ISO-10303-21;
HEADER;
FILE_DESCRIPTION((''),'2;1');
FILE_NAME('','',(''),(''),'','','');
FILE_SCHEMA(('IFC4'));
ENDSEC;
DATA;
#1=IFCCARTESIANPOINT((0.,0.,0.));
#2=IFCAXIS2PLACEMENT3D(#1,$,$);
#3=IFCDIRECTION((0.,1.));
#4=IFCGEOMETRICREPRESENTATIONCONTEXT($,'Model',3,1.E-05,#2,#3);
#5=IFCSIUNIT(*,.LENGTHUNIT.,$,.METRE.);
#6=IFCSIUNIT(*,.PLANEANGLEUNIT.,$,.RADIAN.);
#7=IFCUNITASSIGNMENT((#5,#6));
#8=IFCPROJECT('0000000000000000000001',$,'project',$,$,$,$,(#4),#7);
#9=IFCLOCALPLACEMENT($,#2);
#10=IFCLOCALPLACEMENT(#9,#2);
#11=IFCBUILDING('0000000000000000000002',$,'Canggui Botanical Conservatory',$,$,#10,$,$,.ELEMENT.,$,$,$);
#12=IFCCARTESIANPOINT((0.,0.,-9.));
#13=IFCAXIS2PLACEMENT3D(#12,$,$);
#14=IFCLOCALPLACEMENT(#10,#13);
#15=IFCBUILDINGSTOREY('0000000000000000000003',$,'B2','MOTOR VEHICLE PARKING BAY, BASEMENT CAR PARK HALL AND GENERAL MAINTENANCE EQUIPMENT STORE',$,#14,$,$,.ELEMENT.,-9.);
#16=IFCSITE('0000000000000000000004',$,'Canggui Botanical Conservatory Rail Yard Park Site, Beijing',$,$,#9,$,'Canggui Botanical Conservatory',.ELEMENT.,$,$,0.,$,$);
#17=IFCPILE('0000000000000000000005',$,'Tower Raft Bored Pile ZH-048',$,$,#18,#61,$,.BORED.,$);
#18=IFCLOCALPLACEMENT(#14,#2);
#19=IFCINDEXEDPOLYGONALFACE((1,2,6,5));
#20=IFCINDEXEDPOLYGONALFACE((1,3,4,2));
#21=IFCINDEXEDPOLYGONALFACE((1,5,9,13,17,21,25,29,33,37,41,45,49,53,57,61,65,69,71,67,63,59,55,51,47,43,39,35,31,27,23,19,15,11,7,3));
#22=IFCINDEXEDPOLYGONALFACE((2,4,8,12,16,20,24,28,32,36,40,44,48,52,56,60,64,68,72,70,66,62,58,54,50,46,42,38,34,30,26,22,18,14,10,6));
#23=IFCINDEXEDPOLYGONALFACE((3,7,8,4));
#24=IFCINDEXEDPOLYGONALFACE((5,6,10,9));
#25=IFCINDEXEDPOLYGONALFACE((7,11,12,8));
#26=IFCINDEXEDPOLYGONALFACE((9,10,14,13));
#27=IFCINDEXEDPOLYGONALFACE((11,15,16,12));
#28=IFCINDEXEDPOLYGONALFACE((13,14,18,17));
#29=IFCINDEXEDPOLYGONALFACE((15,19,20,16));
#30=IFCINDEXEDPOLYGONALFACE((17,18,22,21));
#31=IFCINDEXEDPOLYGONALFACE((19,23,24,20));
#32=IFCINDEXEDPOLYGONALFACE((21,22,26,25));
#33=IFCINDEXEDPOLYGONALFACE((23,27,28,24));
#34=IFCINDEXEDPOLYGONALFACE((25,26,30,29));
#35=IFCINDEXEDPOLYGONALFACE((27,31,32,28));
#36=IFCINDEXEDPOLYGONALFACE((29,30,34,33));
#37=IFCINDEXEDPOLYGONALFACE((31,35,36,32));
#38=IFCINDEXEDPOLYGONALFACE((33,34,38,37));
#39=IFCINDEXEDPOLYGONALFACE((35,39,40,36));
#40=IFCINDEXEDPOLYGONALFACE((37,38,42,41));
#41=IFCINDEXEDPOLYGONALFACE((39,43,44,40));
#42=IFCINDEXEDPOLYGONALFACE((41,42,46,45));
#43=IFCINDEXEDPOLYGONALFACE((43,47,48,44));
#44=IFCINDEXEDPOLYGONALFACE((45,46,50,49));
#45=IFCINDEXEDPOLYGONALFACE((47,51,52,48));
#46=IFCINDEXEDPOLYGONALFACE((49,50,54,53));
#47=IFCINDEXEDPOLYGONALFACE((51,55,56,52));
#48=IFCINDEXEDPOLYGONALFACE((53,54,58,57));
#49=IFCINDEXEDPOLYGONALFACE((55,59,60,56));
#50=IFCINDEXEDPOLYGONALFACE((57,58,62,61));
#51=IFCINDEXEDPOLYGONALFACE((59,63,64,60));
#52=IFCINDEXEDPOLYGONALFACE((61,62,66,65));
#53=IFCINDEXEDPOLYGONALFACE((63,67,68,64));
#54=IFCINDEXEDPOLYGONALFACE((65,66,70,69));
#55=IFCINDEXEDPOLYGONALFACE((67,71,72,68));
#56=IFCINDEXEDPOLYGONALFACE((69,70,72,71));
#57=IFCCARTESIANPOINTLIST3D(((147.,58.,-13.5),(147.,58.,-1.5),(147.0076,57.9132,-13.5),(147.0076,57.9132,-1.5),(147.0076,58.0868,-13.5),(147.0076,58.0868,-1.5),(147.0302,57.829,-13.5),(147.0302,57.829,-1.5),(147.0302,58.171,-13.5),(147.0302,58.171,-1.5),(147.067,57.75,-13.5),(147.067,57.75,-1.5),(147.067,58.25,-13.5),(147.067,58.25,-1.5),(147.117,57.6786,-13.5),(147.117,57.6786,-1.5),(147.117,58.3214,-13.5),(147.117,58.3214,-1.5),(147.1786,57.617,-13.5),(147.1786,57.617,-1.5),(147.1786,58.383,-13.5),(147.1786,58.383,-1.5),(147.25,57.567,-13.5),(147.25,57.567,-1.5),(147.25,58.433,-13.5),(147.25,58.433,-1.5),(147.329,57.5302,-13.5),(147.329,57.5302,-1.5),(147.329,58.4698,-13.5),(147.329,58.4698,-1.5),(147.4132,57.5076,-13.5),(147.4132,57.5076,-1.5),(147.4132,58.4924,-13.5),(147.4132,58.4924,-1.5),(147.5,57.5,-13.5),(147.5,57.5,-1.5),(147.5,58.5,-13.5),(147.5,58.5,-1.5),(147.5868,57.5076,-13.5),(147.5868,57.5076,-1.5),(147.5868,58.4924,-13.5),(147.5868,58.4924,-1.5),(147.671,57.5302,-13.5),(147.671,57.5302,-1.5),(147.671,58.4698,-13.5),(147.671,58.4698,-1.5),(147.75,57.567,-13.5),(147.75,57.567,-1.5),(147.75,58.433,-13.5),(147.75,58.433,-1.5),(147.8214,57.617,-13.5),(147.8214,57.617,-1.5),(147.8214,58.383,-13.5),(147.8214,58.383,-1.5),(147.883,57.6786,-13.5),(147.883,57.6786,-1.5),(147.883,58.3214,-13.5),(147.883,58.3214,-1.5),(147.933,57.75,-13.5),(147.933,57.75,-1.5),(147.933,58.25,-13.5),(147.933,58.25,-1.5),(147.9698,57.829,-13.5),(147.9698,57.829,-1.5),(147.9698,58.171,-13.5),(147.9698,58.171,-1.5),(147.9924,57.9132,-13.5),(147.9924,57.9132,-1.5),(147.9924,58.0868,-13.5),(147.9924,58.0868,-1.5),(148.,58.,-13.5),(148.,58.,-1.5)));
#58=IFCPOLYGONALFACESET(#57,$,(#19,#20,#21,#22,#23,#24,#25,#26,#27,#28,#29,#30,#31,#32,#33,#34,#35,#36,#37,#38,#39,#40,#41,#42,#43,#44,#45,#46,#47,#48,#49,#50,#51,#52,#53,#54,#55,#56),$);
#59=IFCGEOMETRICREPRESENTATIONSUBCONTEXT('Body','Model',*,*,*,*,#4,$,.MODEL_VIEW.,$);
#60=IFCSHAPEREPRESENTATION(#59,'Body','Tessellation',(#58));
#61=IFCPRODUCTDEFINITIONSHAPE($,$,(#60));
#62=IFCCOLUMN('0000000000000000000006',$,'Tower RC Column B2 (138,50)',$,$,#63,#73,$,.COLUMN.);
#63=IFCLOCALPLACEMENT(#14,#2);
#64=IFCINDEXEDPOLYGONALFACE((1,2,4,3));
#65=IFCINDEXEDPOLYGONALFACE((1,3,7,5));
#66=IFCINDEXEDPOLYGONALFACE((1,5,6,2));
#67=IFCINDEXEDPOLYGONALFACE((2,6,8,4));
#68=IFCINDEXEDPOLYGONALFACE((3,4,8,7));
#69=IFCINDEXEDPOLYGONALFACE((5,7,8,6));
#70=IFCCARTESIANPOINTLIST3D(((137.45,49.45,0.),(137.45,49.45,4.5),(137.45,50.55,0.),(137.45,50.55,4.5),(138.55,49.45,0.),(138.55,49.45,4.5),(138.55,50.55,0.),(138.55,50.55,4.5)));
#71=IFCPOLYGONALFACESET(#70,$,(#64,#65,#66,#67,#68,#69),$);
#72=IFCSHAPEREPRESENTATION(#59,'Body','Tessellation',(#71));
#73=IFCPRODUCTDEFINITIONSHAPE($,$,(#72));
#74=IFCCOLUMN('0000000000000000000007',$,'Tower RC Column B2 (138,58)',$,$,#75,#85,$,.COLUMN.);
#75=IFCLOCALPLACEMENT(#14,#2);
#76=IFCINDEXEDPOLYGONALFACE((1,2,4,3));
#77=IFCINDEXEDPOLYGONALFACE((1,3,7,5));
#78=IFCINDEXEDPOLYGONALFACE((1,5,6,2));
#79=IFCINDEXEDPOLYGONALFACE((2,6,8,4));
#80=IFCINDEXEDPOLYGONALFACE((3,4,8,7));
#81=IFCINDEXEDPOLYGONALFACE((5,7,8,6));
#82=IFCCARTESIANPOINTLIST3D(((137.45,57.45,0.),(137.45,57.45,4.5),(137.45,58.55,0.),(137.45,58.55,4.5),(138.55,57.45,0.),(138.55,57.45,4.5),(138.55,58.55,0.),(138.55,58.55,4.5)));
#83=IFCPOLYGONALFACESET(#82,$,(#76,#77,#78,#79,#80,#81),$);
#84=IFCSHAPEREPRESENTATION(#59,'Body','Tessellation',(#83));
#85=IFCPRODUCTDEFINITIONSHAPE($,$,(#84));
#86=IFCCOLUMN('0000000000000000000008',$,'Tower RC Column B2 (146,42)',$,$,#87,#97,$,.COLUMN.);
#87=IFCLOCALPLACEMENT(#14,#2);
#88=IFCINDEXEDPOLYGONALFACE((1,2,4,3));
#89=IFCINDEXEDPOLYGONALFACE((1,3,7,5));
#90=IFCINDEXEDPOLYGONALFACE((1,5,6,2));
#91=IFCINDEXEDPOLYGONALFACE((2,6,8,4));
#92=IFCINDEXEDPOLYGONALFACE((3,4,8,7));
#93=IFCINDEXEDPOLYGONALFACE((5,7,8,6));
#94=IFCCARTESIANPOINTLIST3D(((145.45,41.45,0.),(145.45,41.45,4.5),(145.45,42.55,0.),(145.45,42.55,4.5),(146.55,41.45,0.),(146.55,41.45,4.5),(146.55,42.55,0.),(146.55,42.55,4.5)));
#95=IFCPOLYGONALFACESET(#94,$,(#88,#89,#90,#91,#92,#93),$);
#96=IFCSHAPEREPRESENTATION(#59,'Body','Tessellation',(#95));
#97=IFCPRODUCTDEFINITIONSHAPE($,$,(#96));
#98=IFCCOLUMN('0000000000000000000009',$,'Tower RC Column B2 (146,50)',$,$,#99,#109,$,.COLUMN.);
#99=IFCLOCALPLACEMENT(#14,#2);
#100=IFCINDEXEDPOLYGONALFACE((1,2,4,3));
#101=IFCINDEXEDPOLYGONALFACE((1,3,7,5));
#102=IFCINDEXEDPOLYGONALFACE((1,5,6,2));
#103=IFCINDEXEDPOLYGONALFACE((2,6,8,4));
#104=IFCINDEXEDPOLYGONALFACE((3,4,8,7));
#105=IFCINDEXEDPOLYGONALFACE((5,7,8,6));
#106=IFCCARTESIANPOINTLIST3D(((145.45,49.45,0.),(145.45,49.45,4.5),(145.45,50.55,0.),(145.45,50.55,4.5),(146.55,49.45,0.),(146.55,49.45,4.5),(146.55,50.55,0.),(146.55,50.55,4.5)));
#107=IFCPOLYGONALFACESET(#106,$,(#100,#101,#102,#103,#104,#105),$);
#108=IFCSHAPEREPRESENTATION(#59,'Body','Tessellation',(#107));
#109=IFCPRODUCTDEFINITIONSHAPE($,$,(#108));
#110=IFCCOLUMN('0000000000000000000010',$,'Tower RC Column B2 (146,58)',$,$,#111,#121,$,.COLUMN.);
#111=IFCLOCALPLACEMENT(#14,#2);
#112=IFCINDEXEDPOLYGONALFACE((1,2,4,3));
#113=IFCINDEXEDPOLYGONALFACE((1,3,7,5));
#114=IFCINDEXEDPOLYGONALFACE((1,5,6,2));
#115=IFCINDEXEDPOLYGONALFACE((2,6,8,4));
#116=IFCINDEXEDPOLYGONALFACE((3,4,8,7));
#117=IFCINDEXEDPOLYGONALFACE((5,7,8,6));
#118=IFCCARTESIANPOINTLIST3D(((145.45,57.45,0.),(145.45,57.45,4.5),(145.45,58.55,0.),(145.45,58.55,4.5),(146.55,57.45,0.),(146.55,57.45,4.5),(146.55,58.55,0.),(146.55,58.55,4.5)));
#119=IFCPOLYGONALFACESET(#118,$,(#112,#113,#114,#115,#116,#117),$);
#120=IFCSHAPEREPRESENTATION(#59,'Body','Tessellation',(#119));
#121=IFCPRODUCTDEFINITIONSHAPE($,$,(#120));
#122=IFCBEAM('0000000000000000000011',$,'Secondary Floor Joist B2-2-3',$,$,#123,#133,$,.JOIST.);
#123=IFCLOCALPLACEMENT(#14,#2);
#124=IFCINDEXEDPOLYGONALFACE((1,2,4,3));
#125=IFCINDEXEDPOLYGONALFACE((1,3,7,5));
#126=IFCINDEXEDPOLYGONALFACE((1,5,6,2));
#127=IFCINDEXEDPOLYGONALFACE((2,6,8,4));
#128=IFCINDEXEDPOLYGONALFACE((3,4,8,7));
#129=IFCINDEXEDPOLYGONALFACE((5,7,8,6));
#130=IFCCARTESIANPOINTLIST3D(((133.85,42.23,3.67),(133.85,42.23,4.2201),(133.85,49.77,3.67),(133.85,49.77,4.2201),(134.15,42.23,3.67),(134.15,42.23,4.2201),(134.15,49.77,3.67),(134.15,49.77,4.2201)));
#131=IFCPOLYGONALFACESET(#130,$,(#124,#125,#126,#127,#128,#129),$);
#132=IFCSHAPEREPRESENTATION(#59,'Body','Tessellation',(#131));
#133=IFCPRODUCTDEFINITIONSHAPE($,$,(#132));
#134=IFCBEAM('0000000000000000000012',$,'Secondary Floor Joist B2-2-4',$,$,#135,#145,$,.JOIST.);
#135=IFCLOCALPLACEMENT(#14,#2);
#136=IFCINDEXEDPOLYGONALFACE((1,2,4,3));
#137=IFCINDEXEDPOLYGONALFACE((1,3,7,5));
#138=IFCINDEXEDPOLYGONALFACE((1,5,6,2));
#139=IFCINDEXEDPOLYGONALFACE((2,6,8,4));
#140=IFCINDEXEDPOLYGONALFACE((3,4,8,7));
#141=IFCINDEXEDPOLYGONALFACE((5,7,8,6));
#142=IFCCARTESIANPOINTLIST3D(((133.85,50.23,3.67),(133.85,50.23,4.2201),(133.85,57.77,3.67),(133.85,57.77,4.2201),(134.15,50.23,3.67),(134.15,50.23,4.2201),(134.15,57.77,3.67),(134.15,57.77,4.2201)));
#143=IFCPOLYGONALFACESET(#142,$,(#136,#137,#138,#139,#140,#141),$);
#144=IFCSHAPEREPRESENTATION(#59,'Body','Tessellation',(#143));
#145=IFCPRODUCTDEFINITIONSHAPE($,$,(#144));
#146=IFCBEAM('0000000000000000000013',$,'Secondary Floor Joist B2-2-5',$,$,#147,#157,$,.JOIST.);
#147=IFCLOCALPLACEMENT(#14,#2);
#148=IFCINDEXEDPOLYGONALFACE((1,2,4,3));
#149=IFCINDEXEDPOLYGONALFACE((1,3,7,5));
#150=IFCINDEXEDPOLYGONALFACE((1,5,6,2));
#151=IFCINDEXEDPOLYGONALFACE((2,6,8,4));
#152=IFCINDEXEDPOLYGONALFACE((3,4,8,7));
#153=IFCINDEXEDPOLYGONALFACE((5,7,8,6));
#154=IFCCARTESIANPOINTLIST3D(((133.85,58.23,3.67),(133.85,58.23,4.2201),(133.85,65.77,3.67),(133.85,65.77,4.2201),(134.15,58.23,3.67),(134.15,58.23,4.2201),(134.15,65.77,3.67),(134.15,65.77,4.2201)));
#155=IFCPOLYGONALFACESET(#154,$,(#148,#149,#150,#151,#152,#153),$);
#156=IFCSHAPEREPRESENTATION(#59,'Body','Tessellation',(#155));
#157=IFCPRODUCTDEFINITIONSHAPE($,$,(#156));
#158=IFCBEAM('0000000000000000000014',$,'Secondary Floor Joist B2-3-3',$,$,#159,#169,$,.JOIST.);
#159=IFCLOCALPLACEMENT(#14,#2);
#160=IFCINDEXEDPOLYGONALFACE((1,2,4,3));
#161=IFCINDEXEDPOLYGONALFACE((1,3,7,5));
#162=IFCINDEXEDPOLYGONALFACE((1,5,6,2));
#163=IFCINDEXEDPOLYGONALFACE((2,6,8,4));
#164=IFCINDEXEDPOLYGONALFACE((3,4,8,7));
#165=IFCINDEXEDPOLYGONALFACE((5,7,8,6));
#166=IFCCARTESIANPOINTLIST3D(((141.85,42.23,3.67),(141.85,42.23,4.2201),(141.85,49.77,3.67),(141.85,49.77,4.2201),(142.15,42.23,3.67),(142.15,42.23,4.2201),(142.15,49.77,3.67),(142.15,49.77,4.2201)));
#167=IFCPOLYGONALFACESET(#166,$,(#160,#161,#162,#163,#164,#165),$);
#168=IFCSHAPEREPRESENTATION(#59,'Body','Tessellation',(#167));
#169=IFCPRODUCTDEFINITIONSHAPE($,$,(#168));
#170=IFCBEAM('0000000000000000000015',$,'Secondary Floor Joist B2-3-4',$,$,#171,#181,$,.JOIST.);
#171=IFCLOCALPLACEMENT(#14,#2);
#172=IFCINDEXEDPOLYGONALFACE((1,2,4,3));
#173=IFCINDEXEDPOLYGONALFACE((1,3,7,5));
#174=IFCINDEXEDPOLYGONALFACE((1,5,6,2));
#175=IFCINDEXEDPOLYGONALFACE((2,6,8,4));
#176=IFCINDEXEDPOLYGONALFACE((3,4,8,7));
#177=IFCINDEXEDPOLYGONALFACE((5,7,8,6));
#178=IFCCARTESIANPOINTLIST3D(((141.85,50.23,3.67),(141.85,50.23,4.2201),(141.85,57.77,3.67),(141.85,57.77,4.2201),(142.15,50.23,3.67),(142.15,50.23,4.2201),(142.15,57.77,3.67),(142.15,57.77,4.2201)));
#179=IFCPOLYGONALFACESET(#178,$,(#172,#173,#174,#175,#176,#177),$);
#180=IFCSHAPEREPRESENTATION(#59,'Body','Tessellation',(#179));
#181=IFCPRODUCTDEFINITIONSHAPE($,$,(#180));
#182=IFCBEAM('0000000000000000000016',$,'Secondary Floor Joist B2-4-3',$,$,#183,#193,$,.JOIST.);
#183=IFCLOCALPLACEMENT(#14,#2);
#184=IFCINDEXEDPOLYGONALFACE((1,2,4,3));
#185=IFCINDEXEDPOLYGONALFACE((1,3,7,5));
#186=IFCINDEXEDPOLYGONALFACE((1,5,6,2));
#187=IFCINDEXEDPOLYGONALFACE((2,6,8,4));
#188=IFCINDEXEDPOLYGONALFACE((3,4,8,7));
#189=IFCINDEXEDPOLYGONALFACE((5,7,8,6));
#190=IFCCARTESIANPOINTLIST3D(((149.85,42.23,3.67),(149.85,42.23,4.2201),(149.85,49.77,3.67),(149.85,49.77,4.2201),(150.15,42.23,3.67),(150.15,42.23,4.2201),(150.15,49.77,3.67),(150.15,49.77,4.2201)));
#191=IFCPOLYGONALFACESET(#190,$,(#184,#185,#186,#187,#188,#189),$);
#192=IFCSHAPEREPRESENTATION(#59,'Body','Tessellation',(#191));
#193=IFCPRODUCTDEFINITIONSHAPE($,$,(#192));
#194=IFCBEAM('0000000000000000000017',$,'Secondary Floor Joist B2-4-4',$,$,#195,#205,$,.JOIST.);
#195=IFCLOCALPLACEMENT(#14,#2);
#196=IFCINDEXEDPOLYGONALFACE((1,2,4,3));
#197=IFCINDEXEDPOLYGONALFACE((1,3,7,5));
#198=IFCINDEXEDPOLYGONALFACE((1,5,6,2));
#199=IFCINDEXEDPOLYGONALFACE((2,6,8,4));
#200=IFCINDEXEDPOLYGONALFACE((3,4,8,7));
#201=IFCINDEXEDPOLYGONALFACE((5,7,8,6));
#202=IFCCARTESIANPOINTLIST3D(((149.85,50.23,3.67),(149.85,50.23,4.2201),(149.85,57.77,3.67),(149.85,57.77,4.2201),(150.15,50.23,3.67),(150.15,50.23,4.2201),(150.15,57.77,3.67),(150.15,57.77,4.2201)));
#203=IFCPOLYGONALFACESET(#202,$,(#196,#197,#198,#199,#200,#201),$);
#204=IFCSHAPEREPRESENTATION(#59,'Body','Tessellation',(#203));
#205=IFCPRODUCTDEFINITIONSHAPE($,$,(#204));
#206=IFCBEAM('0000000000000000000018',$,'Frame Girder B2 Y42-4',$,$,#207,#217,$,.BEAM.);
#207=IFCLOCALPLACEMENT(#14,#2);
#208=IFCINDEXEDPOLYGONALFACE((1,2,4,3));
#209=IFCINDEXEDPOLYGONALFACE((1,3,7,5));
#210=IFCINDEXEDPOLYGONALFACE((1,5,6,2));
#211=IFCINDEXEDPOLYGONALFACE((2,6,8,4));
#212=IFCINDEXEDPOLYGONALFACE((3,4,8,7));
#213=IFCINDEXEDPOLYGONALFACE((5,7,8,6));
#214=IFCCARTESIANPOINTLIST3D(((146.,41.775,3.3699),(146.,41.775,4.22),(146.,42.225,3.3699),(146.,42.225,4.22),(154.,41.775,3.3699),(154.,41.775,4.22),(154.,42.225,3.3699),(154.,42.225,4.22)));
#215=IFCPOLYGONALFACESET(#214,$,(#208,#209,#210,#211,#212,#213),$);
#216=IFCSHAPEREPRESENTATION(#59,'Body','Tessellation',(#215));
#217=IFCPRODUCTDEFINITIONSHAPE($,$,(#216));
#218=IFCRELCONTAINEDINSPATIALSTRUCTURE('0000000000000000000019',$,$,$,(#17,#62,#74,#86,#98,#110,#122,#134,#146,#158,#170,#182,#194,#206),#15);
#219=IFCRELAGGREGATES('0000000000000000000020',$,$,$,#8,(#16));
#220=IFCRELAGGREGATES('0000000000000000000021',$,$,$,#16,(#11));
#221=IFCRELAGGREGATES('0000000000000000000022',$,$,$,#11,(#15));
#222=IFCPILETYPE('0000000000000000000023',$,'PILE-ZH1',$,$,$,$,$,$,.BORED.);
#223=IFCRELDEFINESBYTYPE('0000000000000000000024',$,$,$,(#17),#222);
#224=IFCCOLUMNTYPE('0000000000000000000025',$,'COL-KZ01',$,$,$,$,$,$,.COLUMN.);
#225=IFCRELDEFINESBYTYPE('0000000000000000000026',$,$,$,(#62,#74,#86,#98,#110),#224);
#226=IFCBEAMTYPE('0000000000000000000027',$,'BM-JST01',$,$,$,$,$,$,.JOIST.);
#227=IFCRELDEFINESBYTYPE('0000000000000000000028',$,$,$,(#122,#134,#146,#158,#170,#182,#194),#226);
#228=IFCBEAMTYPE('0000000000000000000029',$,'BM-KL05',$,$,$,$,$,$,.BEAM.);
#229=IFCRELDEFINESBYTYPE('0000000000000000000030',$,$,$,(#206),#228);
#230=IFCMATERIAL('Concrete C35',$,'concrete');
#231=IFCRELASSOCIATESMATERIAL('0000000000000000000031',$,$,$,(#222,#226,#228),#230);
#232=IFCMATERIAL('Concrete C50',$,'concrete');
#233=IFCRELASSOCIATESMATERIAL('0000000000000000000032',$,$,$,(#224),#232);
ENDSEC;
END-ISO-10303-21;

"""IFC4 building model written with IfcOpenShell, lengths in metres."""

from ifc_helpers import new_model, si_unit, direction, frame, origin, origin_2d, place, context, subcontext, project, spatial, rectangle, circle, extrude, material, material_profile, profile_set, type_object, element, save


model = new_model("IFC4")

# Units and contexts
model_context = context("Model", 3, precision=1e-05, world=origin(), true_north=direction((0.0, 1.0)))
body_context = subcontext(model_context, "Body", "Model", "MODEL_VIEW")
ifc_project = project(units=[si_unit("LENGTHUNIT", "METRE"), si_unit("PLANEANGLEUNIT", "RADIAN")], contexts=[model_context])

# Site, building, storey
site_placement = place(None, origin())
site = spatial("IfcSite", under=ifc_project, at=site_placement, Name="Canggui Botanical Conservatory Rail Yard Park Site, Beijing", LongName="Canggui Botanical Conservatory", CompositionType="ELEMENT", RefElevation=0.0)
building_placement = place(site_placement, origin())
building = spatial("IfcBuilding", under=site, at=building_placement, Name="Canggui Botanical Conservatory", CompositionType="ELEMENT")
storey_placement = place(building_placement, frame((0.0, 0.0, -9.0)))
storey = spatial("IfcBuildingStorey", under=building, at=storey_placement, Name="B2", Description="MOTOR VEHICLE PARKING BAY, BASEMENT CAR PARK HALL AND GENERAL MAINTENANCE EQUIPMENT STORE", CompositionType="ELEMENT", Elevation=-9.0)

# Pile
ifc_material_1 = material(Name="Concrete C35", Category="concrete")
ifc_material_profile_1 = material_profile(ifc_material_1, circle(Radius=0.5, at=origin_2d()), Name="PILE D1000")
ifc_profile_set_1 = profile_set([ifc_material_profile_1], Name="Concrete C35")
pile_type = type_object("IfcPileType", Name="PILE-ZH1", PredefinedType="BORED", material=ifc_profile_set_1)
for number, where, z_axis, x_axis, name in (
    (1, (147.5, 58.0, -1.5), (0.0, 0.0, -1.0), (1.0, 0.0, 0.0), "Tower Raft Bored Pile ZH-048"),
):
    element("IfcPile", number, at=place(storey_placement, frame(where, z_axis=z_axis, x_axis=x_axis)), inside=storey, type_object=pile_type, Name=name, PredefinedType="BORED", context=body_context, shape_type="SweptSolid", body=[
        extrude(circle(Radius=0.5, at=origin_2d()), origin(), (0.0, 0.0, 1.0), 12.0),
    ])

# Columns
ifc_material_2 = material(Name="Concrete C50", Category="concrete")
ifc_material_profile_2 = material_profile(ifc_material_2, rectangle(XDim=1.1001, YDim=1.1001, at=origin_2d()), Name="RC 1100x1100")
ifc_profile_set_2 = profile_set([ifc_material_profile_2], Name="Concrete C50")
column_type = type_object("IfcColumnType", Name="COL-KZ01", PredefinedType="COLUMN", material=ifc_profile_set_2)
for number, where, z_axis, x_axis, name in (
    (2, (138.0, 50.0, 0.0), (0.0, 0.0, 1.0), (1.0, 0.0, 0.0), "Tower RC Column B2 (138,50)"),
    (3, (138.0, 58.0, 0.0), (0.0, 0.0, 1.0), (1.0, 0.0, 0.0), "Tower RC Column B2 (138,58)"),
    (4, (146.0, 42.0, 0.0), (0.0, 0.0, 1.0), (1.0, 0.0, 0.0), "Tower RC Column B2 (146,42)"),
    (5, (146.0, 50.0, 0.0), (0.0, 0.0, 1.0), (1.0, 0.0, 0.0), "Tower RC Column B2 (146,50)"),
    (6, (146.0, 58.0, 0.0), (0.0, 0.0, 1.0), (1.0, 0.0, 0.0), "Tower RC Column B2 (146,58)"),
):
    element("IfcColumn", number, at=place(storey_placement, frame(where, z_axis=z_axis, x_axis=x_axis)), inside=storey, type_object=column_type, Name=name, PredefinedType="COLUMN", context=body_context, shape_type="SweptSolid", body=[
        extrude(rectangle(XDim=1.1001, YDim=1.1001, at=origin_2d()), origin(), (0.0, 0.0, 1.0), 4.5),
    ])

# Beams
ifc_material_profile_3 = material_profile(ifc_material_1, rectangle(XDim=0.3, YDim=0.55, at=origin_2d()), Name="RB 300x550")
ifc_profile_set_3 = profile_set([ifc_material_profile_3], Name="Concrete C35")
beam_type_1 = type_object("IfcBeamType", Name="BM-JST01", PredefinedType="JOIST", material=ifc_profile_set_3)
for number, where, z_axis, x_axis, name in (
    (7, (134.0, 42.23, 3.9451), (0.0, 1.0, 0.0), (-1.0, 0.0, 0.0), "Secondary Floor Joist B2-2-3"),
    (8, (134.0, 50.23, 3.9451), (0.0, 1.0, 0.0), (-1.0, 0.0, 0.0), "Secondary Floor Joist B2-2-4"),
    (9, (134.0, 58.23, 3.9451), (0.0, 1.0, 0.0), (-1.0, 0.0, 0.0), "Secondary Floor Joist B2-2-5"),
    (10, (142.0, 42.23, 3.9451), (0.0, 1.0, 0.0), (-1.0, 0.0, 0.0), "Secondary Floor Joist B2-3-3"),
    (11, (142.0, 50.23, 3.9451), (0.0, 1.0, 0.0), (-1.0, 0.0, 0.0), "Secondary Floor Joist B2-3-4"),
    (12, (150.0, 42.23, 3.9451), (0.0, 1.0, 0.0), (-1.0, 0.0, 0.0), "Secondary Floor Joist B2-4-3"),
    (13, (150.0, 50.23, 3.9451), (0.0, 1.0, 0.0), (-1.0, 0.0, 0.0), "Secondary Floor Joist B2-4-4"),
):
    element("IfcBeam", number, at=place(storey_placement, frame(where, z_axis=z_axis, x_axis=x_axis)), inside=storey, type_object=beam_type_1, Name=name, PredefinedType="JOIST", context=body_context, shape_type="SweptSolid", body=[
        extrude(rectangle(XDim=0.3, YDim=0.55, at=origin_2d()), origin(), (0.0, 0.0, 1.0), 7.54),
    ])
ifc_material_profile_4 = material_profile(ifc_material_1, rectangle(XDim=0.45, YDim=0.8501, at=origin_2d()), Name="RB 450x850")
ifc_profile_set_4 = profile_set([ifc_material_profile_4], Name="Concrete C35")
beam_type_2 = type_object("IfcBeamType", Name="BM-KL05", PredefinedType="BEAM", material=ifc_profile_set_4)
for number, where, z_axis, x_axis, name in (
    (14, (146.0, 42.0, 3.7949), (1.0, 0.0, 0.0), (0.0, 1.0, 0.0), "Frame Girder B2 Y42-4"),
):
    element("IfcBeam", number, at=place(storey_placement, frame(where, z_axis=z_axis, x_axis=x_axis)), inside=storey, type_object=beam_type_2, Name=name, PredefinedType="BEAM", context=body_context, shape_type="SweptSolid", body=[
        extrude(rectangle(XDim=0.45, YDim=0.8501, at=origin_2d()), origin(), (0.0, 0.0, 1.0), 8.0),
    ])

save(model, "model.ifc")
